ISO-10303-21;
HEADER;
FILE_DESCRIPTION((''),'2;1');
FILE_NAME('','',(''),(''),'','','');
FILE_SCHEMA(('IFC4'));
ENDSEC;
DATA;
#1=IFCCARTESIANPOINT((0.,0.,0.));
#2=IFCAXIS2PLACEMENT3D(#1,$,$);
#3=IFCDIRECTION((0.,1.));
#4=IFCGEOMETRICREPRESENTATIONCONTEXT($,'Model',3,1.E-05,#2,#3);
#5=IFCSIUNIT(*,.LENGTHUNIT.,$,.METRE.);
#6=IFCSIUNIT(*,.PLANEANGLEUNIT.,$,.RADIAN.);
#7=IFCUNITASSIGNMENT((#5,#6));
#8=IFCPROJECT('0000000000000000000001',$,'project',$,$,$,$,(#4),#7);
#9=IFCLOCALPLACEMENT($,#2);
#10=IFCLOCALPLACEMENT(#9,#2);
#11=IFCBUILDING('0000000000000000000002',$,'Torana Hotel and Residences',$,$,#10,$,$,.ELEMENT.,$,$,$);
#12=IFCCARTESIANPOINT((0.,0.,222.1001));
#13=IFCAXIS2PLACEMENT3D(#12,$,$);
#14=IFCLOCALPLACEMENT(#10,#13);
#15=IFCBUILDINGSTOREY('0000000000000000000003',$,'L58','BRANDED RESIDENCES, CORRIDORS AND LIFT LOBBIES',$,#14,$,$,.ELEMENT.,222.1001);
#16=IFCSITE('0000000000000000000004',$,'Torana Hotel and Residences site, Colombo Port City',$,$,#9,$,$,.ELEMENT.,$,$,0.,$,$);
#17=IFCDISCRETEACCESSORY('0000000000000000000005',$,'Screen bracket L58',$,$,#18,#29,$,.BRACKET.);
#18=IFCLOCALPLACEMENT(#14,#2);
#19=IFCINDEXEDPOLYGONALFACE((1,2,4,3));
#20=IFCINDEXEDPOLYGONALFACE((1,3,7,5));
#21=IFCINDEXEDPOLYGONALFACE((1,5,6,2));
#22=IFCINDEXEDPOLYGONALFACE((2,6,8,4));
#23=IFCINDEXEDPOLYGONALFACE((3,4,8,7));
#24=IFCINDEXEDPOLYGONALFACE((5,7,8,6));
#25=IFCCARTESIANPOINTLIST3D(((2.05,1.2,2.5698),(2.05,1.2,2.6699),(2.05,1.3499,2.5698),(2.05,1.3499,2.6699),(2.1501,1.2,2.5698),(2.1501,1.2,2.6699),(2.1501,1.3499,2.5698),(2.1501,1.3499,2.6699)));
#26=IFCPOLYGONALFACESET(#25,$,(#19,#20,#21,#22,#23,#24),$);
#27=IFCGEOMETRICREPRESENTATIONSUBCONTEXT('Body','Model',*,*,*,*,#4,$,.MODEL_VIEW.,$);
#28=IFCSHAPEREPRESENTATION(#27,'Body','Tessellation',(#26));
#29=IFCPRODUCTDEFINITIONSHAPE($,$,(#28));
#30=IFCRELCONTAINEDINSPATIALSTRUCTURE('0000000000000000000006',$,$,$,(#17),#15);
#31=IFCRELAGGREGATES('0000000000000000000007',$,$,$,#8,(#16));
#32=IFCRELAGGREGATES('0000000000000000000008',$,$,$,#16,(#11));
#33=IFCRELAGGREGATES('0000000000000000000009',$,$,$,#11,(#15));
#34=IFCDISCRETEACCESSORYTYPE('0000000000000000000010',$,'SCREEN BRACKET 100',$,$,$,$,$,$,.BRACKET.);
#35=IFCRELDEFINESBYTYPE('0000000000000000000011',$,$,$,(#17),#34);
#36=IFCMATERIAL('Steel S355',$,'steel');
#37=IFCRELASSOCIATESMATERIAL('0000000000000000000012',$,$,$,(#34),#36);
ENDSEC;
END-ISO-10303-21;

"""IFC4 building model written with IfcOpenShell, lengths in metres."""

from ifc_helpers import new_model, si_unit, direction, frame, origin, origin_2d, place, context, subcontext, project, spatial, rectangle, extrude, material, type_object, element, save


model = new_model("IFC4")

# Units and contexts
model_context = context("Model", 3, precision=1e-05, world=origin(), true_north=direction((0.0, 1.0)))
body_context = subcontext(model_context, "Body", "Model", "MODEL_VIEW")
ifc_project = project(units=[si_unit("LENGTHUNIT", "METRE"), si_unit("PLANEANGLEUNIT", "RADIAN")], contexts=[model_context])

# Site, building, storey
site_placement = place(None, origin())
site = spatial("IfcSite", under=ifc_project, at=site_placement, Name="Torana Hotel and Residences site, Colombo Port City", CompositionType="ELEMENT", RefElevation=0.0)
building_placement = place(site_placement, origin())
building = spatial("IfcBuilding", under=site, at=building_placement, Name="Torana Hotel and Residences", CompositionType="ELEMENT")
storey_placement = place(building_placement, frame((0.0, 0.0, 222.1001)))
storey = spatial("IfcBuildingStorey", under=building, at=storey_placement, Name="L58", Description="BRANDED RESIDENCES, CORRIDORS AND LIFT LOBBIES", CompositionType="ELEMENT", Elevation=222.1001)

# Discrete accessory
ifc_material_1 = material(Name="Steel S355", Category="steel")
discrete_accessory_type = type_object("IfcDiscreteAccessoryType", Name="SCREEN BRACKET 100", PredefinedType="BRACKET", material=ifc_material_1)
for number, where, z_axis, x_axis, name in (
    (1, (2.1001, 1.2749, 2.5698), (0.0, 0.0, 1.0), (-1.0, 0.0, 0.0), "Screen bracket L58"),
):
    element("IfcDiscreteAccessory", number, at=place(storey_placement, frame(where, z_axis=z_axis, x_axis=x_axis)), inside=storey, type_object=discrete_accessory_type, Name=name, PredefinedType="BRACKET", context=body_context, shape_type="SweptSolid", body=[
        extrude(rectangle(XDim=0.1001, YDim=0.1499, at=origin_2d()), origin(), (0.0, 0.0, 1.0), 0.1001),
    ])

save(model, "model.ifc")
